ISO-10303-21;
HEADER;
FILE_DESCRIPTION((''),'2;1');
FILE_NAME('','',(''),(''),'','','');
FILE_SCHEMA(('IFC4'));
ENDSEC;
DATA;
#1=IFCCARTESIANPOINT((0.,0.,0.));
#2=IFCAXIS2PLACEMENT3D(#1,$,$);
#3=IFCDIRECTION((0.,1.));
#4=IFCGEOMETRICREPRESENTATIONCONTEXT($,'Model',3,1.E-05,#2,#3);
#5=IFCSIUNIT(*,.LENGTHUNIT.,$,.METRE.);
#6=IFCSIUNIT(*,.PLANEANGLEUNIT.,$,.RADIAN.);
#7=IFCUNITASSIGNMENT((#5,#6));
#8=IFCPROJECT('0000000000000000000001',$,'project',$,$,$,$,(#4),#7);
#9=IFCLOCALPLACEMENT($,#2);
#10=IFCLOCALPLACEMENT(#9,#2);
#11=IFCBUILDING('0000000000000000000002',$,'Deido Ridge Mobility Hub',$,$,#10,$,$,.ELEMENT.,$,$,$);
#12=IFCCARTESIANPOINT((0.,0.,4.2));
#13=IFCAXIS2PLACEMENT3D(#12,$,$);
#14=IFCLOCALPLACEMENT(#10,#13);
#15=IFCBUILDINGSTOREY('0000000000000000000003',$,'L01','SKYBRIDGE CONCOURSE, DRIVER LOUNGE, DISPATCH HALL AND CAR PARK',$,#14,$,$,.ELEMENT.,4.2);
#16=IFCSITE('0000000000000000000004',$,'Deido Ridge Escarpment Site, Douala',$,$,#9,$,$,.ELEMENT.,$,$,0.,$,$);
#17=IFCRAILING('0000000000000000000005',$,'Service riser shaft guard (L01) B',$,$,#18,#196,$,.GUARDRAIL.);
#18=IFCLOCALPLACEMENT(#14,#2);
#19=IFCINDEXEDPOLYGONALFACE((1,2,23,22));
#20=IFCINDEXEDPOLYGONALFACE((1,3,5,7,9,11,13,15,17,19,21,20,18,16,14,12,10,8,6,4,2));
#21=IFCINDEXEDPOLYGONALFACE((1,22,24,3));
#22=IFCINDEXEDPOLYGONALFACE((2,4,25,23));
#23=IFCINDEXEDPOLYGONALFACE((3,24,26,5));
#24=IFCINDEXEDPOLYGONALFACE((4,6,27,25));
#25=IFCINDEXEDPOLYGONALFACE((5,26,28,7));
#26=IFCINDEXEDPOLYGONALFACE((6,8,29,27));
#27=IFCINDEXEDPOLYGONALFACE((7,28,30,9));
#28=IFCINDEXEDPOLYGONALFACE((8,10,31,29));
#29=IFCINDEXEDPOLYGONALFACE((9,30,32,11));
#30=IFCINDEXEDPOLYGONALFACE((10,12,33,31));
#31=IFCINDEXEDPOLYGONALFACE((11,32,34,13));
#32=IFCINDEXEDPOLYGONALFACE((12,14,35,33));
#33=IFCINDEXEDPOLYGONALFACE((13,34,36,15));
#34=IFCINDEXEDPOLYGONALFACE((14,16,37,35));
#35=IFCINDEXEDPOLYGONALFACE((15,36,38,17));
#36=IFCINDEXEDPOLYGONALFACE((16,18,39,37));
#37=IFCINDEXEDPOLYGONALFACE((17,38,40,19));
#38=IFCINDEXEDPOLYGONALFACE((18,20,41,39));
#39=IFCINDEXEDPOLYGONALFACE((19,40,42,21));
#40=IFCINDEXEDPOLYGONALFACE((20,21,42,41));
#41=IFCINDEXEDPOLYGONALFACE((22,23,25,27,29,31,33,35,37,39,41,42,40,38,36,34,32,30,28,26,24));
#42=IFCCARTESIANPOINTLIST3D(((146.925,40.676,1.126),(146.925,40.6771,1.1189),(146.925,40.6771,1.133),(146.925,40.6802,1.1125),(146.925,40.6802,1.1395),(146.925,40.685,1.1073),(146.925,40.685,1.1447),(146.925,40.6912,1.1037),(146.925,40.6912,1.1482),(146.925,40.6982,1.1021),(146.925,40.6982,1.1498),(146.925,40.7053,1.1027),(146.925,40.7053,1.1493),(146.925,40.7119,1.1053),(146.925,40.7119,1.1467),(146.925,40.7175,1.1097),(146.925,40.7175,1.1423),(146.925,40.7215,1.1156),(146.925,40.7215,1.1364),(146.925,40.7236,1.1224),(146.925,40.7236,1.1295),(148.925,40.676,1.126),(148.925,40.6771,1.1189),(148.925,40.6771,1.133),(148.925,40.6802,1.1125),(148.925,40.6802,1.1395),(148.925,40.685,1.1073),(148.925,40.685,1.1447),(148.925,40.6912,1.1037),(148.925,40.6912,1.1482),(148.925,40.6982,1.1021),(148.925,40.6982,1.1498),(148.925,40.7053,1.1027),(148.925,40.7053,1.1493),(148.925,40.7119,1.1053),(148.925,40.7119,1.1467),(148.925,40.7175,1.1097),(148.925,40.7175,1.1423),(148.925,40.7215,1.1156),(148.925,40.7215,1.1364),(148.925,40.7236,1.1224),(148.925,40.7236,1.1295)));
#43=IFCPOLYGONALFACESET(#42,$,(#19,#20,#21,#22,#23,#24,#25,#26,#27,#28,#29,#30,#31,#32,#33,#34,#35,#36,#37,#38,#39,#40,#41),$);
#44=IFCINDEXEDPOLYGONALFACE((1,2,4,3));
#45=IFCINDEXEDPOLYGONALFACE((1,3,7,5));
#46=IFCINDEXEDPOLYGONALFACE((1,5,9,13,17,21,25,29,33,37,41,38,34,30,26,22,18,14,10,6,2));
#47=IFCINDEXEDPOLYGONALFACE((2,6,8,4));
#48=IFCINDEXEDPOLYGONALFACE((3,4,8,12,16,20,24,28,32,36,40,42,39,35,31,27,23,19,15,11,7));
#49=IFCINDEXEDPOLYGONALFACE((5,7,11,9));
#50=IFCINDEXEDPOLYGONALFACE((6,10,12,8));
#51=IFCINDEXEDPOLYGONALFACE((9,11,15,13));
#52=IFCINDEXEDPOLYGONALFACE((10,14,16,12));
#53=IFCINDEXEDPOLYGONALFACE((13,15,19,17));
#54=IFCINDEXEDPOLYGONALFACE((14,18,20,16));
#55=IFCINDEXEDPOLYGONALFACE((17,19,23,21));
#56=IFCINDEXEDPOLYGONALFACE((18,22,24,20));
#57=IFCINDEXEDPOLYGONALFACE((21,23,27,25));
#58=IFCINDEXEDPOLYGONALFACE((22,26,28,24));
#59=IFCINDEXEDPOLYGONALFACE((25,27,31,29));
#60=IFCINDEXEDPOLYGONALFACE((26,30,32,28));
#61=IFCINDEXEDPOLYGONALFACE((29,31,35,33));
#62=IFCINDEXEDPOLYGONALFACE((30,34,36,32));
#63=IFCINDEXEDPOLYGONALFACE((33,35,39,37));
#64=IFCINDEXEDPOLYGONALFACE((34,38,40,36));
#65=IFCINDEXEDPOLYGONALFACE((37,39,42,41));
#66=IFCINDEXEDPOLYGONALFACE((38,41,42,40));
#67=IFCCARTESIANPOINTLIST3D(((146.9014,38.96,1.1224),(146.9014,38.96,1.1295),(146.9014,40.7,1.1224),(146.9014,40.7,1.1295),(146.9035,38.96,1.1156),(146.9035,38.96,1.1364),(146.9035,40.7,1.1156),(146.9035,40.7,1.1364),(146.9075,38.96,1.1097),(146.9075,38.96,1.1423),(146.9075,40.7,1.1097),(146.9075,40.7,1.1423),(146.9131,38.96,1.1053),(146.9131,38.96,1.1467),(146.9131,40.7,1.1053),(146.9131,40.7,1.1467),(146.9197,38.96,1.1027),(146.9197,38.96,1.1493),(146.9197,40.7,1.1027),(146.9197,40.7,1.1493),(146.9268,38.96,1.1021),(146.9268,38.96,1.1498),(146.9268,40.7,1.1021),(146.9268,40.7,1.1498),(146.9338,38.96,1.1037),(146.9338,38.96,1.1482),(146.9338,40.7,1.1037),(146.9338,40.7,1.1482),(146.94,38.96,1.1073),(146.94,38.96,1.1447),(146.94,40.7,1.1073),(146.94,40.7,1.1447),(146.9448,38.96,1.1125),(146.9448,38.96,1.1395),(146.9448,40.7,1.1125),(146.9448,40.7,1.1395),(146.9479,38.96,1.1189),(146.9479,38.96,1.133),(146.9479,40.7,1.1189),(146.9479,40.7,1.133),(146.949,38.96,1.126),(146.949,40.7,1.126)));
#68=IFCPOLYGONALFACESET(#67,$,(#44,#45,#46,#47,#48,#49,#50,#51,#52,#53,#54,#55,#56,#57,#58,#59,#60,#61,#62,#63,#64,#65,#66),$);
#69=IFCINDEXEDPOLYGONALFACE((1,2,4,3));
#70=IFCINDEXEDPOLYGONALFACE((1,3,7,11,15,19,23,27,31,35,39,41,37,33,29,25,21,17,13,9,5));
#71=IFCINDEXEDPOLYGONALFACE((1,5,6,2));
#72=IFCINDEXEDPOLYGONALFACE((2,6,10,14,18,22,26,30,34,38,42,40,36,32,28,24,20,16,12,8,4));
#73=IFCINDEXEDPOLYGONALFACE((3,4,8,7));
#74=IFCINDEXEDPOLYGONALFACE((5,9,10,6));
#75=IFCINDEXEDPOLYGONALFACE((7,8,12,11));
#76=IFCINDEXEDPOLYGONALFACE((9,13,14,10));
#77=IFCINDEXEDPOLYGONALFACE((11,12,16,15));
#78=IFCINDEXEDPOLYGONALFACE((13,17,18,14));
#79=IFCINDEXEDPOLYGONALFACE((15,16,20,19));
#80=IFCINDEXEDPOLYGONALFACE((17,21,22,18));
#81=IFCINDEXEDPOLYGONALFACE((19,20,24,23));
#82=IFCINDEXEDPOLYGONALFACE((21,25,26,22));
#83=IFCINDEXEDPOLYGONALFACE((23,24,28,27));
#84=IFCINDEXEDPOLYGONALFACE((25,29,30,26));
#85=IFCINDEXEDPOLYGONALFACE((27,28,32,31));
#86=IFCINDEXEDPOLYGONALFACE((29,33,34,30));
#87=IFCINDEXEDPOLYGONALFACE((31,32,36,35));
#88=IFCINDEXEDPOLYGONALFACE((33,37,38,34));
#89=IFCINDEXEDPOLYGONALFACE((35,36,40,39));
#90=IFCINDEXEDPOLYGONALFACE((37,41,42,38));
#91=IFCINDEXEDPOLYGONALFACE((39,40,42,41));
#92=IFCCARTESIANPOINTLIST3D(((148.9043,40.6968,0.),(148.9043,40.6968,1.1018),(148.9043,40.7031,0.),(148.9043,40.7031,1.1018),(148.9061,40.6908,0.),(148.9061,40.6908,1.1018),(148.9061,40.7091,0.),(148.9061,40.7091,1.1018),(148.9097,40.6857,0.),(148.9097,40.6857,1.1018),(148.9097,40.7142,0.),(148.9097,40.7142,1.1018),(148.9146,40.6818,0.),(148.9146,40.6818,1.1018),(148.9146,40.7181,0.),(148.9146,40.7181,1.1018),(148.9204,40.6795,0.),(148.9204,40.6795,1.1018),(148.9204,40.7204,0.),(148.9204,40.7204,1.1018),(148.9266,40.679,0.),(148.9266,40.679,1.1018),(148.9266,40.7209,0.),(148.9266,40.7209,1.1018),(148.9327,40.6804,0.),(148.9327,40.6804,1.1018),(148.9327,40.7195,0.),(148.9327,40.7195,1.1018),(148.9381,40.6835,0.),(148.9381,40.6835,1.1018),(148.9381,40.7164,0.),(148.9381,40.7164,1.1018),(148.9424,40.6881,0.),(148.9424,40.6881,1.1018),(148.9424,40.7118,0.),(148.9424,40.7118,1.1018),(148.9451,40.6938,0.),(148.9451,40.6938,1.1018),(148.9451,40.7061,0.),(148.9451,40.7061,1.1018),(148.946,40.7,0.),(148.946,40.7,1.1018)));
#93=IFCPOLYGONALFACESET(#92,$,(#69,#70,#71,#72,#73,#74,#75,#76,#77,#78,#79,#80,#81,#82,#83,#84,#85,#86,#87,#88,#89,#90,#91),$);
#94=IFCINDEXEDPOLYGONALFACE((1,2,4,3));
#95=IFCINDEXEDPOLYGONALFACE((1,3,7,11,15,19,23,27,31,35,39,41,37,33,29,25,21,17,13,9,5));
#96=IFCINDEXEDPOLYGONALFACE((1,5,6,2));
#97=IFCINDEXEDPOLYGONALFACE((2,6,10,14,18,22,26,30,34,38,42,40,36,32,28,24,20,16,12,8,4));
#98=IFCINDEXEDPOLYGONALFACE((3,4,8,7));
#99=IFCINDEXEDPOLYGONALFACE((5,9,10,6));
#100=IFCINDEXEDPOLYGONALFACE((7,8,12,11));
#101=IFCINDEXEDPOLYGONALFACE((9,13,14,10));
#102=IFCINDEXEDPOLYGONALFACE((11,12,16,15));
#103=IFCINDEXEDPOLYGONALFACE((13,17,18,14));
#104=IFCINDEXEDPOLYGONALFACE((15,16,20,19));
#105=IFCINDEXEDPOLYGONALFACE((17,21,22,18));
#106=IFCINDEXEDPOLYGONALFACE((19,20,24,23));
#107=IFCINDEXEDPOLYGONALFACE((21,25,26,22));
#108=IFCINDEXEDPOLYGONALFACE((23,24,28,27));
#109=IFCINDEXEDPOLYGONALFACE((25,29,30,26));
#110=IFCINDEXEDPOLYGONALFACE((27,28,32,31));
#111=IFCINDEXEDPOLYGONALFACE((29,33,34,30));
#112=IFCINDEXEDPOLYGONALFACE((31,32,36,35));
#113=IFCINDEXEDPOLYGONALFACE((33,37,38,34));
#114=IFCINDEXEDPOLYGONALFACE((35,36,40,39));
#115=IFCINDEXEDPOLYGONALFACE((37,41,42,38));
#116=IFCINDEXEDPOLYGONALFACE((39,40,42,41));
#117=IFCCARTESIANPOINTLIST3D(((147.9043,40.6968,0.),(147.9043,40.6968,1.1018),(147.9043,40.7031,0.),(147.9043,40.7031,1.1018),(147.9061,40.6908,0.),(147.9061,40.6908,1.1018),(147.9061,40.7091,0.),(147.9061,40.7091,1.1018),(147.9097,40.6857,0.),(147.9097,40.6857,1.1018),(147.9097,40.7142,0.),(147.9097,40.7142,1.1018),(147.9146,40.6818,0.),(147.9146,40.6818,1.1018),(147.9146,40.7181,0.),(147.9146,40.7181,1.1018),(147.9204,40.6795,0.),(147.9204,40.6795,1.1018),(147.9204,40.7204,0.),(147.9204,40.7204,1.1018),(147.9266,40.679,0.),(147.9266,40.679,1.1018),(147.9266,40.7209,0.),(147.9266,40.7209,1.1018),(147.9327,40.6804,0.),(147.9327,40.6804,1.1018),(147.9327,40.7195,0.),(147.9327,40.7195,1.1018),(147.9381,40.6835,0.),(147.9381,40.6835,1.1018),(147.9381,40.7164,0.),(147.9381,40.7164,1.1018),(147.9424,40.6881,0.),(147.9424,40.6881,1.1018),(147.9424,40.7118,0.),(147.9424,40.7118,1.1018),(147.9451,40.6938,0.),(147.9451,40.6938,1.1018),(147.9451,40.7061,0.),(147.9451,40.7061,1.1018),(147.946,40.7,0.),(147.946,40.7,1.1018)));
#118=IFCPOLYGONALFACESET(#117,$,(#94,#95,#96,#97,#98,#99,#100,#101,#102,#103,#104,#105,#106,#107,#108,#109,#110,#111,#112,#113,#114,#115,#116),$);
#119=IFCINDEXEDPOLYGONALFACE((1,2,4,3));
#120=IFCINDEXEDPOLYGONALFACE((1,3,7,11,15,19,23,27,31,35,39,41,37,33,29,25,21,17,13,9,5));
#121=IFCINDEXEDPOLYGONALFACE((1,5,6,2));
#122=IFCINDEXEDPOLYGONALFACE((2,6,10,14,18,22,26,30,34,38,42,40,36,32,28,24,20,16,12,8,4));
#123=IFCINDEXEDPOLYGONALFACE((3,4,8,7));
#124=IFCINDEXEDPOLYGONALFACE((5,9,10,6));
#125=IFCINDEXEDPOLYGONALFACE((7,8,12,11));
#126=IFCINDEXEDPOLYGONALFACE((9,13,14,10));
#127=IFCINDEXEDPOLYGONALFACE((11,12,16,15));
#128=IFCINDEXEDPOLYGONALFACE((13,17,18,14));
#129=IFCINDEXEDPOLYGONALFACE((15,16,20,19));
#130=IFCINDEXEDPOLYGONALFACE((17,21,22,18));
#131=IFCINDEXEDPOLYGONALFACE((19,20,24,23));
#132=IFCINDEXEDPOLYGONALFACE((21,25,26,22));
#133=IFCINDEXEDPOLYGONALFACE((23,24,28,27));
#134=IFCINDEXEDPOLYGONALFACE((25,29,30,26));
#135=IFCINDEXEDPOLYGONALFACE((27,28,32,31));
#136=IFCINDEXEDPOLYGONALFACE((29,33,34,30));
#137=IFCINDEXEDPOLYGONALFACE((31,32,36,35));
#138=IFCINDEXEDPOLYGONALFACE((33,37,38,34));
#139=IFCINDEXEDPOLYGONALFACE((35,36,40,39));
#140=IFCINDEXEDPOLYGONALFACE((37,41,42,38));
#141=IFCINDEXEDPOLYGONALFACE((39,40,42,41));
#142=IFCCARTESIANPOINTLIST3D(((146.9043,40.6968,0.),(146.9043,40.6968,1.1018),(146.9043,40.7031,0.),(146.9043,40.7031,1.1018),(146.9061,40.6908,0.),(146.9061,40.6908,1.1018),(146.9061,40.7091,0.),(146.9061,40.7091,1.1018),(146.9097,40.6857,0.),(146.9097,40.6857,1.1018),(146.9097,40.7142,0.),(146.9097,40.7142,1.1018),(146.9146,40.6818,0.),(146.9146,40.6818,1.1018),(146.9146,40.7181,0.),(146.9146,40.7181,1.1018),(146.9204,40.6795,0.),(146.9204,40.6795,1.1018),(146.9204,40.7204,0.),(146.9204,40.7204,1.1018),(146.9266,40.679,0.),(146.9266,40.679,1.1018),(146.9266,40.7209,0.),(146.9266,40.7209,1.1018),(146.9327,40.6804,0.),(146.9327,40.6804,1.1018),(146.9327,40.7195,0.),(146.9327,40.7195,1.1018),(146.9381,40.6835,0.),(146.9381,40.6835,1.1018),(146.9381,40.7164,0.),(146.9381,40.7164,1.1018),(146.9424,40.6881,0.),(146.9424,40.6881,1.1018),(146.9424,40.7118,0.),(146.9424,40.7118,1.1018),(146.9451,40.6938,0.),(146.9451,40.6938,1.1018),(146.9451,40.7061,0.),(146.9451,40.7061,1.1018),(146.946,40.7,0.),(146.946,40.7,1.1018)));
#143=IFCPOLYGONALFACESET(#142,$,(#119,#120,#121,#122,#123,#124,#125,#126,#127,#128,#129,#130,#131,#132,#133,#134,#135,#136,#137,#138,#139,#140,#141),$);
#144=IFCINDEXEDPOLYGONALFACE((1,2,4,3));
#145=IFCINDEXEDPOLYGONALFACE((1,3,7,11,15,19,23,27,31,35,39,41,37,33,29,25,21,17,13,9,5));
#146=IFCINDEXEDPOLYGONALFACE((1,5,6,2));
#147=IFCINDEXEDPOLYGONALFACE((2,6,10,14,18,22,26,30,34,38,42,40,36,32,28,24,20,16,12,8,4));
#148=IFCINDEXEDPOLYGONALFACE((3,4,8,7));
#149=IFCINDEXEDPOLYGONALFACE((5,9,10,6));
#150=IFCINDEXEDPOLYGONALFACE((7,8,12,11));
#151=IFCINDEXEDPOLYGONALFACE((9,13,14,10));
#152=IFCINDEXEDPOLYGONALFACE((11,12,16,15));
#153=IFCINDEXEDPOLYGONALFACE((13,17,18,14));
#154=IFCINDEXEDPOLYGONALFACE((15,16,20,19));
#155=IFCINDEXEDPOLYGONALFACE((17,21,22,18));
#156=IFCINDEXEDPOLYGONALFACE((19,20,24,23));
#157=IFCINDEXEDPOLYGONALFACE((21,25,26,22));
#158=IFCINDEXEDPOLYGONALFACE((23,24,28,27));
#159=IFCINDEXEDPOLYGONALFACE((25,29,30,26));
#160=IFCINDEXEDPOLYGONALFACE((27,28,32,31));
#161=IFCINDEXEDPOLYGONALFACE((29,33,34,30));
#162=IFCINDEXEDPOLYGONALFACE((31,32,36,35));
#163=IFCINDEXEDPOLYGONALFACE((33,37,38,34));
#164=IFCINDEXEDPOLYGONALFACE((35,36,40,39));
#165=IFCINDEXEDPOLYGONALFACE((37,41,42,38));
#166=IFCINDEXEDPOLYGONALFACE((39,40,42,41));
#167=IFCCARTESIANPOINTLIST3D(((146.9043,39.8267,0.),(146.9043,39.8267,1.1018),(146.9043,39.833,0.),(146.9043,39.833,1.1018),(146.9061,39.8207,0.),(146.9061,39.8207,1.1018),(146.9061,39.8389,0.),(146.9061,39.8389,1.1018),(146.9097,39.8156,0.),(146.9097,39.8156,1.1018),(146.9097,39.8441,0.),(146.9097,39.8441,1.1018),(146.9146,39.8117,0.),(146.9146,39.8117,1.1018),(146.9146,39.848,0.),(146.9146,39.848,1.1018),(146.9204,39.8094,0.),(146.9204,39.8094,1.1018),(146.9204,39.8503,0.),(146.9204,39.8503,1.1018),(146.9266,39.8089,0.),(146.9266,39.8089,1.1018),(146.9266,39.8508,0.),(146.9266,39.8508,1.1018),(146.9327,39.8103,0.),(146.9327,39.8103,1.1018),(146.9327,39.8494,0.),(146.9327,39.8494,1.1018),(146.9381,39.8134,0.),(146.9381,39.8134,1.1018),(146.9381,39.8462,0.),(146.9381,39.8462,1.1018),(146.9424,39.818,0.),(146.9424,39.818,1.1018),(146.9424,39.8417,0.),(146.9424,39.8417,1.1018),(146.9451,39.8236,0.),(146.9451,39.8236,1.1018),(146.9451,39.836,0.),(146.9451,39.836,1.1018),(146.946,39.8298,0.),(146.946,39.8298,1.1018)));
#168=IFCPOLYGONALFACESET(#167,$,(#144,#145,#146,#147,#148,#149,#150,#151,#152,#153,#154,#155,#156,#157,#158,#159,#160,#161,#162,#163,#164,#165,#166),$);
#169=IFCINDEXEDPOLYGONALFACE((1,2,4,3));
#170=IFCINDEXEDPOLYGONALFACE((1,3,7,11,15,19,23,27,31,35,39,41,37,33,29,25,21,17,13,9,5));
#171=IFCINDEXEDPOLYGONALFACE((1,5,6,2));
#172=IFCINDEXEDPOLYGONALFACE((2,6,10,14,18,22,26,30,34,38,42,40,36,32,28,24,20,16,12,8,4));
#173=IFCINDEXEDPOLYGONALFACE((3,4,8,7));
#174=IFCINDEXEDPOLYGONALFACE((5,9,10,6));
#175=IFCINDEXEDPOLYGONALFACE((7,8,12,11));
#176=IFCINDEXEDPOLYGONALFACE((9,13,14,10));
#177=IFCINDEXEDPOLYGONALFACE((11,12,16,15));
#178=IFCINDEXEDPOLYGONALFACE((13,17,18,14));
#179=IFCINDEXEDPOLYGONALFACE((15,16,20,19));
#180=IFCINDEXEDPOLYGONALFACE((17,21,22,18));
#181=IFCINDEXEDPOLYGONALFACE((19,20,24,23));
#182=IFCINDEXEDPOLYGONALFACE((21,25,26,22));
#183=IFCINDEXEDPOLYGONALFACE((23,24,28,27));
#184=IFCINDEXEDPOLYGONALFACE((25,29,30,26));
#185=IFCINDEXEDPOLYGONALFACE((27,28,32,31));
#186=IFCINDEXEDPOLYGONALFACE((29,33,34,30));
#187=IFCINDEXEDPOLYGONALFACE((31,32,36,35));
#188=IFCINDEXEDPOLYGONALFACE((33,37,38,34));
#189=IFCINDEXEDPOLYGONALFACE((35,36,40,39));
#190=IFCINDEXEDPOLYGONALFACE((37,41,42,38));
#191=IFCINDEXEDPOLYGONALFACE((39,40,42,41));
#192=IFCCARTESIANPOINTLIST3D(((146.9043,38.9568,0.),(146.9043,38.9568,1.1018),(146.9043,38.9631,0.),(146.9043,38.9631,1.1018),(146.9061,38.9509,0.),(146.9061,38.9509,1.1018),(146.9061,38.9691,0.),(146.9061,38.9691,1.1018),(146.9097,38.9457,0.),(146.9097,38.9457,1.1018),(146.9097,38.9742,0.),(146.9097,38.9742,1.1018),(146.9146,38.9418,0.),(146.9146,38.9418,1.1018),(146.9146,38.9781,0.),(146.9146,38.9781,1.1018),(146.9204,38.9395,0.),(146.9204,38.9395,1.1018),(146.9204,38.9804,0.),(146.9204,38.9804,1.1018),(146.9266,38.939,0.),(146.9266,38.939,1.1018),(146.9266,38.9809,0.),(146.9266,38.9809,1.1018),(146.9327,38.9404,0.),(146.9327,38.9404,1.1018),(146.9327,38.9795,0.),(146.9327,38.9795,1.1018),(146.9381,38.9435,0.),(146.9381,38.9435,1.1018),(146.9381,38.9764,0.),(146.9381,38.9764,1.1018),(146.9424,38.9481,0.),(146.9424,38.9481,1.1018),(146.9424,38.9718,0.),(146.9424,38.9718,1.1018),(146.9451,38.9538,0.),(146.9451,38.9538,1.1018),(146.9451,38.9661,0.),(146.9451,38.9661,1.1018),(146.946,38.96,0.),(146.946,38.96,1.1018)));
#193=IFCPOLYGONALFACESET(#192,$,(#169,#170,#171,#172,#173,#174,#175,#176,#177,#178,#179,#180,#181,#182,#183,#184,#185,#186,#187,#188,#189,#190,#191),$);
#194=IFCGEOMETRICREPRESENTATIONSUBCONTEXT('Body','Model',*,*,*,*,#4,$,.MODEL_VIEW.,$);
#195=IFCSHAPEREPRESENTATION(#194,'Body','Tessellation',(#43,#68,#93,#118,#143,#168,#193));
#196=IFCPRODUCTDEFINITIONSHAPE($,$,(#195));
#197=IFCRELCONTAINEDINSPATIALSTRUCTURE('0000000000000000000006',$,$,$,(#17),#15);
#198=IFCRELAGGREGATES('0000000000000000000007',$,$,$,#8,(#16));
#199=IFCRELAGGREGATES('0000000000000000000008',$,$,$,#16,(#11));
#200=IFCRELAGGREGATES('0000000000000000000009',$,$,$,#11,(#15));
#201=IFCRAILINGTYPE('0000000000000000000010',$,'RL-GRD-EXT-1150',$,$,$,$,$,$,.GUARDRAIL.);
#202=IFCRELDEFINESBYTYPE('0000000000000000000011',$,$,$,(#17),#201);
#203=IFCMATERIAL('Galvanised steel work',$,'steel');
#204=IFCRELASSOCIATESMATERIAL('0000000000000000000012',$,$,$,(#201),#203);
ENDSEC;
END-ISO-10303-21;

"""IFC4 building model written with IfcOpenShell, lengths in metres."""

from ifc_helpers import new_model, si_unit, direction, frame, origin, origin_2d, place, context, subcontext, project, spatial, circle, extrude, material, type_object, element, save


model = new_model("IFC4")

# Units and contexts
model_context = context("Model", 3, precision=1e-05, world=origin(), true_north=direction((0.0, 1.0)))
body_context = subcontext(model_context, "Body", "Model", "MODEL_VIEW")
ifc_project = project(units=[si_unit("LENGTHUNIT", "METRE"), si_unit("PLANEANGLEUNIT", "RADIAN")], contexts=[model_context])

# Site, building, storey
site_placement = place(None, origin())
site = spatial("IfcSite", under=ifc_project, at=site_placement, Name="Deido Ridge Escarpment Site, Douala", CompositionType="ELEMENT", RefElevation=0.0)
building_placement = place(site_placement, origin())
building = spatial("IfcBuilding", under=site, at=building_placement, Name="Deido Ridge Mobility Hub", CompositionType="ELEMENT")
storey_placement = place(building_placement, frame((0.0, 0.0, 4.2)))
storey = spatial("IfcBuildingStorey", under=building, at=storey_placement, Name="L01", Description="SKYBRIDGE CONCOURSE, DRIVER LOUNGE, DISPATCH HALL AND CAR PARK", CompositionType="ELEMENT", Elevation=4.2)

# Railing
ifc_material_1 = material(Name="Galvanised steel work", Category="steel")
railing_type = type_object("IfcRailingType", Name="RL-GRD-EXT-1150", PredefinedType="GUARDRAIL", material=ifc_material_1)
railing_1_placement = place(storey_placement, frame((148.925, 40.7, 0.0)))
element("IfcRailing", 1, at=railing_1_placement, inside=storey, type_object=railing_type, Name="Service riser shaft guard (L01) B", PredefinedType="GUARDRAIL", context=body_context, shape_type="SweptSolid", body=[
    extrude(circle(Radius=0.0239, at=origin_2d()), frame((0.0, 0.0, 1.126), z_axis=(-1.0, 0.0, 0.0), x_axis=(0.0, -1.0, 0.0)), (0.0, 0.0, 1.0), 2.0),
    extrude(circle(Radius=0.0239, at=origin_2d()), frame((-2.0, 0.0, 1.126), z_axis=(0.0, -1.0, 0.0), x_axis=(1.0, 0.0, 0.0)), (0.0, 0.0, 1.0), 1.74),
    extrude(circle(Radius=0.021, at=origin_2d()), origin(), (0.0, 0.0, 1.0), 1.1018),
    extrude(circle(Radius=0.021, at=origin_2d()), frame((-1.0, 0.0, 0.0)), (0.0, 0.0, 1.0), 1.1018),
    extrude(circle(Radius=0.021, at=origin_2d()), frame((-2.0, 0.0, 0.0)), (0.0, 0.0, 1.0), 1.1018),
    extrude(circle(Radius=0.021, at=origin_2d()), frame((-2.0, -0.8701, 0.0)), (0.0, 0.0, 1.0), 1.1018),
    extrude(circle(Radius=0.021, at=origin_2d()), frame((-2.0, -1.74, 0.0)), (0.0, 0.0, 1.0), 1.1018),
])

save(model, "model.ifc")
